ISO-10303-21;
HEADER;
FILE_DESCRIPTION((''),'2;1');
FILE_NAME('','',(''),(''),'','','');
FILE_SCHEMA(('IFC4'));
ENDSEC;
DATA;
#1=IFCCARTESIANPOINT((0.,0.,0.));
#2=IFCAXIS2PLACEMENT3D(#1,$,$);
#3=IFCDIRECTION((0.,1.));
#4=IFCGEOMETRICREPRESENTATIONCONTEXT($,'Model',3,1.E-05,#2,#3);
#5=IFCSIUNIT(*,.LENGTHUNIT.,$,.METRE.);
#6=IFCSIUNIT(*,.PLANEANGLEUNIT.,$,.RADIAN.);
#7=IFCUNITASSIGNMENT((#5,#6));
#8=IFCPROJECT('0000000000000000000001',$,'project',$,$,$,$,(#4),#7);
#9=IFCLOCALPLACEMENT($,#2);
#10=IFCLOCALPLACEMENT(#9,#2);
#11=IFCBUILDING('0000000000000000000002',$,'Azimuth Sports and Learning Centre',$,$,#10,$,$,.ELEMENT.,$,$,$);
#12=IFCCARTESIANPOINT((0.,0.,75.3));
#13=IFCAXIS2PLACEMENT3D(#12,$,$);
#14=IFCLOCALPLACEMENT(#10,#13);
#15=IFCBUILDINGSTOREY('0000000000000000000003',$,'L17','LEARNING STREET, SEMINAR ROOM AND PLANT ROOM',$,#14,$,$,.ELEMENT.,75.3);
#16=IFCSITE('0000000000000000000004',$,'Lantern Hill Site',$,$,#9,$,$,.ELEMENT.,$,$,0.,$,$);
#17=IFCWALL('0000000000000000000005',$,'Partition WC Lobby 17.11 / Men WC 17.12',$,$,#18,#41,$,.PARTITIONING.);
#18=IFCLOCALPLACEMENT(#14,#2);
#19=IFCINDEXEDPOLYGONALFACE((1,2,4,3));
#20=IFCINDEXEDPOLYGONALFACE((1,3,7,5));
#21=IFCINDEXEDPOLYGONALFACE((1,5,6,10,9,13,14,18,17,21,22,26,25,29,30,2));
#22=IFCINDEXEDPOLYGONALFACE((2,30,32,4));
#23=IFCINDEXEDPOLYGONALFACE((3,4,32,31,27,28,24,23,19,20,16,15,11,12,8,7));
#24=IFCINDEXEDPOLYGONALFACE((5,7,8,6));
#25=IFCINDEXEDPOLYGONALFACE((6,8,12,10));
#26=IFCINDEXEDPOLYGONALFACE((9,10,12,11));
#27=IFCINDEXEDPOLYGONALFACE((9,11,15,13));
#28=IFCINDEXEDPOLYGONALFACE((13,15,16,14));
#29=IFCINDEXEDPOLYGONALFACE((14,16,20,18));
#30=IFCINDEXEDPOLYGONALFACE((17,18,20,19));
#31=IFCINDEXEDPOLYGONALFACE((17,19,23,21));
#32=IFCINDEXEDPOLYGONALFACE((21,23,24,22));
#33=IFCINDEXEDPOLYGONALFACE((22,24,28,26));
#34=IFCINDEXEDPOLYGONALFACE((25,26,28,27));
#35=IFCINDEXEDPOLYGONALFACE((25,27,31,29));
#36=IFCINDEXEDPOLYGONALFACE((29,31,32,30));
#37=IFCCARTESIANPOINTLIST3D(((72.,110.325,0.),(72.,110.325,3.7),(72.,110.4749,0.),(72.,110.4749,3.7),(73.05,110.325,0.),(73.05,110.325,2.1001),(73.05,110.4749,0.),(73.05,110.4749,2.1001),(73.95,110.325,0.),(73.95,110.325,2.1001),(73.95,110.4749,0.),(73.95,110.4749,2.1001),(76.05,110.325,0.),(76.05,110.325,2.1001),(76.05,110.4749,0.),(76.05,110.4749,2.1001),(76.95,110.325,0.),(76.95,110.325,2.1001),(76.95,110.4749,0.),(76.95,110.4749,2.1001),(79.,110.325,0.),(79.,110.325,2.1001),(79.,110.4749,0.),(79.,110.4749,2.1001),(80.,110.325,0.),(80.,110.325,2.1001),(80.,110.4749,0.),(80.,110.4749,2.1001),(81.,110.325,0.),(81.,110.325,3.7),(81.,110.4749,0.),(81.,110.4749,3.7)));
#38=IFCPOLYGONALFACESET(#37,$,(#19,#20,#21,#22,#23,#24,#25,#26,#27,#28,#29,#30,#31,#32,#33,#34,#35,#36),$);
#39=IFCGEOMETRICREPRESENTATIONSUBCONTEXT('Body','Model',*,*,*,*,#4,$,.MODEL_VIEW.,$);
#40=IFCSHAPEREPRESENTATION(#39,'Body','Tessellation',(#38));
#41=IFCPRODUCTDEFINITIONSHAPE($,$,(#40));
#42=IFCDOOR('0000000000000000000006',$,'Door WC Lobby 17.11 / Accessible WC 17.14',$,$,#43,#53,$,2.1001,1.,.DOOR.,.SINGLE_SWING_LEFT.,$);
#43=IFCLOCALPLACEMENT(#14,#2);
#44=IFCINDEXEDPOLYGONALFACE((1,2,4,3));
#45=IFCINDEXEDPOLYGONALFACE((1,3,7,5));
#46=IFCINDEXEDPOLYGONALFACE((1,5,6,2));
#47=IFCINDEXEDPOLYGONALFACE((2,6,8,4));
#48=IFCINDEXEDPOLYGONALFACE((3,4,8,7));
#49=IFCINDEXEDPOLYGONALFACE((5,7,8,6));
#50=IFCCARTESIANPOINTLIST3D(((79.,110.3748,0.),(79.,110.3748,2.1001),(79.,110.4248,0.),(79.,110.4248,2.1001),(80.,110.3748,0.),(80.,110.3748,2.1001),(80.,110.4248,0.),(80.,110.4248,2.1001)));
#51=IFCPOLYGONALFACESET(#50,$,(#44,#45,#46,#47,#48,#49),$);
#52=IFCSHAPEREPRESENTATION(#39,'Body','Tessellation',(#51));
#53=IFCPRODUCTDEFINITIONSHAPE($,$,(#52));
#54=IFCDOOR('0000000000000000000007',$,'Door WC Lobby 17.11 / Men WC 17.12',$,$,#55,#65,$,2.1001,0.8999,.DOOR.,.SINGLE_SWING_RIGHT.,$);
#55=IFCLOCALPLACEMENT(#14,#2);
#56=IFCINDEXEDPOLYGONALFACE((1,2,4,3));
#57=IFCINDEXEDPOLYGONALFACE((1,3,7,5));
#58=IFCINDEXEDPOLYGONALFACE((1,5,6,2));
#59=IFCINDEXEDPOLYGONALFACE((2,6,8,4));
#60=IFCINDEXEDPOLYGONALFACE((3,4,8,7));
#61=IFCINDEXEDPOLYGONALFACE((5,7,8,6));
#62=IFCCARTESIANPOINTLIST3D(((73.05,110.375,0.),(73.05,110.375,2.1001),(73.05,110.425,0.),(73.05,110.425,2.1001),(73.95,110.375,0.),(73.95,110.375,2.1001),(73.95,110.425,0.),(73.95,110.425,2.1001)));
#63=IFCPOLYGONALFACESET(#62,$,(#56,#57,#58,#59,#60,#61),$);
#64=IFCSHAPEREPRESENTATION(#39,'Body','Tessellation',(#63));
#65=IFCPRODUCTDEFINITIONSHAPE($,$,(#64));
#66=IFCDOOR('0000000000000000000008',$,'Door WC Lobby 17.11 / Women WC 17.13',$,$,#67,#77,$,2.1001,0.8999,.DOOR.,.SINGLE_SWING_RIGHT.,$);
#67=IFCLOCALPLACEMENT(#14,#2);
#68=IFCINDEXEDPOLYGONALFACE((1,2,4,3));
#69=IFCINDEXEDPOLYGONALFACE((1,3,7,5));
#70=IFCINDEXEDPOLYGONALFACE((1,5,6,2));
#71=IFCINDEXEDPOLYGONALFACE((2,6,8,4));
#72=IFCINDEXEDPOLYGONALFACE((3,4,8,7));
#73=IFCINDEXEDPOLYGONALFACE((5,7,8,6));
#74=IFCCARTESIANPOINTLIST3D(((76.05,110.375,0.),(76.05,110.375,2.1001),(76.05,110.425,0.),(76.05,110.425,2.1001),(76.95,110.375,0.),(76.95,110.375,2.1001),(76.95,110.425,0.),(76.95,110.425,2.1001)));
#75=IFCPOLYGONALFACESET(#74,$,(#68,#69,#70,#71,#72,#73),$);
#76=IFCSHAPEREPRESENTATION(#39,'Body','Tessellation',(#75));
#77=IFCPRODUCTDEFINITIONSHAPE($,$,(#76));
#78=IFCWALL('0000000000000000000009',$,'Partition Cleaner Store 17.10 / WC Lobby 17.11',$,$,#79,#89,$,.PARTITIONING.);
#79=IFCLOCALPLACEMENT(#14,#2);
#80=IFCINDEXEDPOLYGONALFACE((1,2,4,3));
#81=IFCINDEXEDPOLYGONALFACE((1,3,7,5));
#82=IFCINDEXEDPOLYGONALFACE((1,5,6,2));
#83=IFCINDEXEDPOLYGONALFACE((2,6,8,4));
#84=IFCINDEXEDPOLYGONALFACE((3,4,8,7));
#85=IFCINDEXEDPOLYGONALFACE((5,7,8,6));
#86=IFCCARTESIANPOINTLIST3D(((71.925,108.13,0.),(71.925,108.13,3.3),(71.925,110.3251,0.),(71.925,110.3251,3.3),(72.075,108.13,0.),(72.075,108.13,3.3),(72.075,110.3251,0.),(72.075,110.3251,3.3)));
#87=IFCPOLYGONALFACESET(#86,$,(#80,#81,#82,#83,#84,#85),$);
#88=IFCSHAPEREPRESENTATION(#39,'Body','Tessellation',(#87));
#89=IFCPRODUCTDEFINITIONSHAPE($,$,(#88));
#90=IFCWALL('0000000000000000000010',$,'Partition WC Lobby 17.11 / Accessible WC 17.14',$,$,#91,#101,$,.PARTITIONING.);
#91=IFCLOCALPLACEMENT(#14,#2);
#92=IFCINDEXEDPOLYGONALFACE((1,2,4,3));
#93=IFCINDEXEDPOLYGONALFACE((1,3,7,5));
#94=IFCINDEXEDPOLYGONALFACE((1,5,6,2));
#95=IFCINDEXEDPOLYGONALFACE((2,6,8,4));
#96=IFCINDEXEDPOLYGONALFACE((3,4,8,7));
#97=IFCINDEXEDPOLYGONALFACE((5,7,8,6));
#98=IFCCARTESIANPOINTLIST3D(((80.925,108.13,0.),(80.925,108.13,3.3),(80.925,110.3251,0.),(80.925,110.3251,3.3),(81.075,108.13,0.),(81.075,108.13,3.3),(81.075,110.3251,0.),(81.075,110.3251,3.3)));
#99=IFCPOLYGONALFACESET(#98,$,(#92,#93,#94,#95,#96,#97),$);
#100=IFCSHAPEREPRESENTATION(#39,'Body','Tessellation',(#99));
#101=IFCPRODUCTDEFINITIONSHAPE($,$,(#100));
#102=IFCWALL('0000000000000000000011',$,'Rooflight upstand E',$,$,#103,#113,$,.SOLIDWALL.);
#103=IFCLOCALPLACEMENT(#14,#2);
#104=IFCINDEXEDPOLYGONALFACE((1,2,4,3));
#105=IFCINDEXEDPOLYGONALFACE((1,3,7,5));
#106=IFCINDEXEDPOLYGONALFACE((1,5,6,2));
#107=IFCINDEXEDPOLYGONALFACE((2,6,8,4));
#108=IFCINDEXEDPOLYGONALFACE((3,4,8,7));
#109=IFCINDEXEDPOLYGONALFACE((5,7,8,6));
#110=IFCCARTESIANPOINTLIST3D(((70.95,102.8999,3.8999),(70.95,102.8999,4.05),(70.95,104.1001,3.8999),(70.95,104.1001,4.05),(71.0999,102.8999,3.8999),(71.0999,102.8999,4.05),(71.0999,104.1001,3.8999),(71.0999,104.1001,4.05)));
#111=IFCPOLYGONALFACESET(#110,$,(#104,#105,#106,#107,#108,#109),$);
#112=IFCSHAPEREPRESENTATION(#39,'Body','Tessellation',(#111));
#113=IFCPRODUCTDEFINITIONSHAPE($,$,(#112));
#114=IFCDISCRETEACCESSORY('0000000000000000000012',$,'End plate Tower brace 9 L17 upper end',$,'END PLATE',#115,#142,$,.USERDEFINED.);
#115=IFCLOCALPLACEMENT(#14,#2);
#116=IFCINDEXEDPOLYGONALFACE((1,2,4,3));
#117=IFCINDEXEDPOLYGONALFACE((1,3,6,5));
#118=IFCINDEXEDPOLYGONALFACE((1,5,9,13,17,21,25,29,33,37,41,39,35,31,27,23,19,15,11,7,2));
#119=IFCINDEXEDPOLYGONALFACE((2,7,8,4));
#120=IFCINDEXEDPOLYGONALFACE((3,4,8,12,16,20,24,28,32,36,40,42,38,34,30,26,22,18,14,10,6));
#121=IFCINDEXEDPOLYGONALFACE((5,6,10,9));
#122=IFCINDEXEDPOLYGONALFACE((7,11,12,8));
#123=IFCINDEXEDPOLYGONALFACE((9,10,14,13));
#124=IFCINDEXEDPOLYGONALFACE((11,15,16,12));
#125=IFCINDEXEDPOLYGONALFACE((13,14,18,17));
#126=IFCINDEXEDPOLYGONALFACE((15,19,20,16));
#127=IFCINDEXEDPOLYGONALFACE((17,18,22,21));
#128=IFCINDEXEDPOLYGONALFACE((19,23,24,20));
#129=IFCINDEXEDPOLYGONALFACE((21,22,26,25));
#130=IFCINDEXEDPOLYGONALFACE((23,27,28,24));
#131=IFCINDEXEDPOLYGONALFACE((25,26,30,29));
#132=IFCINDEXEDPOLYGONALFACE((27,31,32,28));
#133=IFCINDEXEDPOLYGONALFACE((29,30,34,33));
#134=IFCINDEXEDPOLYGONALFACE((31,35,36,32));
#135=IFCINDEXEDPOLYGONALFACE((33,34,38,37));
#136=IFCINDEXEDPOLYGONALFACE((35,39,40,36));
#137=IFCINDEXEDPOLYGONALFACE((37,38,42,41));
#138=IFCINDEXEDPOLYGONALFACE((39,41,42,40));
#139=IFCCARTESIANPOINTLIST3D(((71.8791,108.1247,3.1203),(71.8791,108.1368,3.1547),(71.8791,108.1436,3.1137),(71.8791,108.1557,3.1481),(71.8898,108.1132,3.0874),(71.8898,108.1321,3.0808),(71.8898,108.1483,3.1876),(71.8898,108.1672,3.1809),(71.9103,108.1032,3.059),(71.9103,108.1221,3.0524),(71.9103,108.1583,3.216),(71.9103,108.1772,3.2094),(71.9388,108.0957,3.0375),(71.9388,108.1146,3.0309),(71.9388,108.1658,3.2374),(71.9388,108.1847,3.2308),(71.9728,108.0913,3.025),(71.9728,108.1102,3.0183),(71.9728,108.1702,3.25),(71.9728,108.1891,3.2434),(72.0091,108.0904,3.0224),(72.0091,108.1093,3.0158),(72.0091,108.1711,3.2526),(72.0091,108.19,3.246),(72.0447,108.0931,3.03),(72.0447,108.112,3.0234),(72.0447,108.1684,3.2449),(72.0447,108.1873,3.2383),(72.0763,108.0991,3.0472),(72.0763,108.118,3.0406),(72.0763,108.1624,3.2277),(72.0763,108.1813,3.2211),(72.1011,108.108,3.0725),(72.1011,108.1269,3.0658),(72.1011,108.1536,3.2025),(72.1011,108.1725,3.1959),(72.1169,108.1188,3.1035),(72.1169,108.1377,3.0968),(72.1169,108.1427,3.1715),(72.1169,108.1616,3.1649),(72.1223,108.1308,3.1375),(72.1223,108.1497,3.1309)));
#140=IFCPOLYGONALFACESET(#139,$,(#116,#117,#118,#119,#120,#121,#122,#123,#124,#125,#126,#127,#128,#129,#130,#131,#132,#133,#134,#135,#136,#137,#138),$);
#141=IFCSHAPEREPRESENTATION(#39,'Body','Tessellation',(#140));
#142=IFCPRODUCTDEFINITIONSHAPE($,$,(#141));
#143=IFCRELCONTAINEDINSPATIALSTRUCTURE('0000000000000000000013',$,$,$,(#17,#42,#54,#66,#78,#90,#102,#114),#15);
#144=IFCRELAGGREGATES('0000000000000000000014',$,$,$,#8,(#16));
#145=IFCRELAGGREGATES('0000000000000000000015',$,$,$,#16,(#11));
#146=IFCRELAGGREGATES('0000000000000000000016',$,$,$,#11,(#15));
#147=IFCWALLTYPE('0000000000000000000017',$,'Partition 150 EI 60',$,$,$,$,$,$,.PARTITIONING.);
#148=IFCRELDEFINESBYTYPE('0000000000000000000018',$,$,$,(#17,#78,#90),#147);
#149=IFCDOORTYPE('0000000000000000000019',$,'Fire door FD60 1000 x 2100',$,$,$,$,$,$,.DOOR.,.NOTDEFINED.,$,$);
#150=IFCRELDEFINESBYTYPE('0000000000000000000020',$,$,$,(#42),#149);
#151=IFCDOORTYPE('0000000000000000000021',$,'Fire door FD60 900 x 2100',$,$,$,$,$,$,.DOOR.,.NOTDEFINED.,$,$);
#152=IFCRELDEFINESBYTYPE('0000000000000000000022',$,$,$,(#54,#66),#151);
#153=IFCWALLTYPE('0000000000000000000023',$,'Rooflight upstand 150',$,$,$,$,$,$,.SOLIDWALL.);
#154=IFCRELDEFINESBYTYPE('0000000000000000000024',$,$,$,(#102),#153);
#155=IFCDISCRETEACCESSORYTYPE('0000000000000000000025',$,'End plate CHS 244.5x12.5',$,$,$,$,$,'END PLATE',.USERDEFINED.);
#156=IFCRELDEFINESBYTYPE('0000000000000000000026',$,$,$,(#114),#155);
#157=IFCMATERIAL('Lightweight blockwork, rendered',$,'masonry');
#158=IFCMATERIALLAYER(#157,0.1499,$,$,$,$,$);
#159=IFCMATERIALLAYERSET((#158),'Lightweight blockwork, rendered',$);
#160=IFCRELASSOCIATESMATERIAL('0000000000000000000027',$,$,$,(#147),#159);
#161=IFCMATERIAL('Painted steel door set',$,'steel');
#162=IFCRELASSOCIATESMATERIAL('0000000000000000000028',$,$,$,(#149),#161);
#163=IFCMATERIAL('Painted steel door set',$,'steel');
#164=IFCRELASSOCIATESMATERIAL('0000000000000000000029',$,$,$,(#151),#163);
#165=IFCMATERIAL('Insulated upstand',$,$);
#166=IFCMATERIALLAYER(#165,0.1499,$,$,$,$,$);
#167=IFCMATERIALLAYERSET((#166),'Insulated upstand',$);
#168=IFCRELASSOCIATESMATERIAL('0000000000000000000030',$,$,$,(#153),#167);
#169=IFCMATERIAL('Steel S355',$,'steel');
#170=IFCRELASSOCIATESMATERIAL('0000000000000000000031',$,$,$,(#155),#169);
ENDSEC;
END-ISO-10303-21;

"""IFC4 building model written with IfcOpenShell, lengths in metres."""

from ifc_helpers import new_model, si_unit, direction, frame, frame_2d, origin, origin_2d, place, context, subcontext, project, spatial, rectangle, circle, extrude, material, layer, layer_set, material_profile, profile_set, type_object, element, fill, save


model = new_model("IFC4")

# Units and contexts
model_context = context("Model", 3, precision=1e-05, world=origin(), true_north=direction((0.0, 1.0)))
body_context = subcontext(model_context, "Body", "Model", "MODEL_VIEW")
ifc_project = project(units=[si_unit("LENGTHUNIT", "METRE"), si_unit("PLANEANGLEUNIT", "RADIAN")], contexts=[model_context])

# Site, building, storey
site_placement = place(None, origin())
site = spatial("IfcSite", under=ifc_project, at=site_placement, Name="Lantern Hill Site", CompositionType="ELEMENT", RefElevation=0.0)
building_placement = place(site_placement, origin())
building = spatial("IfcBuilding", under=site, at=building_placement, Name="Azimuth Sports and Learning Centre", CompositionType="ELEMENT")
storey_placement = place(building_placement, frame((0.0, 0.0, 75.3)))
storey = spatial("IfcBuildingStorey", under=building, at=storey_placement, Name="L17", Description="LEARNING STREET, SEMINAR ROOM AND PLANT ROOM", CompositionType="ELEMENT", Elevation=75.3)

# Shared definitions
ifc_material_1 = material(Name="Lightweight blockwork, rendered", Category="masonry")
ifc_layer_1 = layer(ifc_material_1, 0.1499)
ifc_layer_set_1 = layer_set([ifc_layer_1], Name="Lightweight blockwork, rendered")
wall_type_1 = type_object("IfcWallType", Name="Partition 150 EI 60", PredefinedType="PARTITIONING", material=ifc_layer_set_1)
ifc_material_2 = material(Name="Painted steel door set", Category="steel")
door_type_1 = type_object("IfcDoorType", Name="Fire door FD60 1000 x 2100", OperationType="NOTDEFINED", PredefinedType="DOOR", material=ifc_material_2)

# Wall, openings, doors
wall_1_placement = place(storey_placement, frame((72.0, 110.3999, 0.0), z_axis=(0.0, 0.0, 1.0), x_axis=(1.0, 0.0, 0.0)))
wall_1 = element("IfcWall", 1, at=wall_1_placement, inside=storey, type_object=wall_type_1, Name="Partition WC Lobby 17.11 / Men WC 17.12", PredefinedType="PARTITIONING", context=body_context, shape_type="SweptSolid", body=[
    extrude(rectangle(XDim=9.0, YDim=0.1499, at=frame_2d((4.5, 0.0))), origin(), (0.0, 0.0, 1.0), 3.7),
])
opening_1_placement = place(wall_1_placement, frame((1.05, 0.0, 0.0)))
opening_1 = element("IfcOpeningElement", 2, at=opening_1_placement, cuts=wall_1, PredefinedType="OPENING", context=body_context, shape_type="SweptSolid", body=[
    extrude(rectangle(XDim=0.8999, YDim=2.1001, at=frame_2d((0.45, 1.05))), frame((0.0, 0.0859, 0.0), z_axis=(0.0, -1.0, 0.0), x_axis=(1.0, 0.0, 0.0)), (0.0, 0.0, 1.0), 0.1719),
])
opening_2_placement = place(wall_1_placement, frame((4.05, 0.0, 0.0)))
opening_2 = element("IfcOpeningElement", 3, at=opening_2_placement, cuts=wall_1, PredefinedType="OPENING", context=body_context, shape_type="SweptSolid", body=[
    extrude(rectangle(XDim=0.8999, YDim=2.1001, at=frame_2d((0.45, 1.05))), frame((0.0, 0.0859, 0.0), z_axis=(0.0, -1.0, 0.0), x_axis=(1.0, 0.0, 0.0)), (0.0, 0.0, 1.0), 0.1719),
])
opening_3_placement = place(wall_1_placement, frame((7.0, 0.0, 0.0)))
opening_3 = element("IfcOpeningElement", 4, at=opening_3_placement, cuts=wall_1, PredefinedType="OPENING", context=body_context, shape_type="SweptSolid", body=[
    extrude(rectangle(XDim=1.0, YDim=2.1001, at=frame_2d((0.5, 1.05))), frame((0.0, 0.0859, 0.0), z_axis=(0.0, -1.0, 0.0), x_axis=(1.0, 0.0, 0.0)), (0.0, 0.0, 1.0), 0.1719),
])
door_1_placement = place(opening_3_placement, origin())
door_1 = element("IfcDoor", 5, at=door_1_placement, inside=storey, type_object=door_type_1, Name="Door WC Lobby 17.11 / Accessible WC 17.14", OperationType="SINGLE_SWING_LEFT", OverallHeight=2.1001, OverallWidth=1.0, PredefinedType="DOOR", context=body_context, shape_type="SweptSolid", body=[
    extrude(rectangle(XDim=1.0, YDim=2.1001, at=frame_2d((0.5, 1.05))), frame((0.0, 0.0249, 0.0), z_axis=(0.0, -1.0, 0.0), x_axis=(1.0, 0.0, 0.0)), (0.0, 0.0, 1.0), 0.05),
])
fill(opening_3, door_1)
ifc_material_3 = material(Name="Painted steel door set", Category="steel")
door_type_2 = type_object("IfcDoorType", Name="Fire door FD60 900 x 2100", OperationType="NOTDEFINED", PredefinedType="DOOR", material=ifc_material_3)
door_2_placement = place(opening_1_placement, frame((0.8999, 0.0, 0.0), z_axis=(0.0, 0.0, 1.0), x_axis=(-1.0, 0.0, 0.0)))
door_2 = element("IfcDoor", 6, at=door_2_placement, inside=storey, type_object=door_type_2, Name="Door WC Lobby 17.11 / Men WC 17.12", OperationType="SINGLE_SWING_RIGHT", OverallHeight=2.1001, OverallWidth=0.8999, PredefinedType="DOOR", context=body_context, shape_type="SweptSolid", body=[
    extrude(rectangle(XDim=0.8999, YDim=2.1001, at=frame_2d((0.45, 1.05))), frame((0.0, 0.0249, 0.0), z_axis=(0.0, -1.0, 0.0), x_axis=(1.0, 0.0, 0.0)), (0.0, 0.0, 1.0), 0.05),
])
fill(opening_1, door_2)
door_3_placement = place(opening_2_placement, frame((0.8999, 0.0, 0.0), z_axis=(0.0, 0.0, 1.0), x_axis=(-1.0, 0.0, 0.0)))
door_3 = element("IfcDoor", 7, at=door_3_placement, inside=storey, type_object=door_type_2, Name="Door WC Lobby 17.11 / Women WC 17.13", OperationType="SINGLE_SWING_RIGHT", OverallHeight=2.1001, OverallWidth=0.8999, PredefinedType="DOOR", context=body_context, shape_type="SweptSolid", body=[
    extrude(rectangle(XDim=0.8999, YDim=2.1001, at=frame_2d((0.45, 1.05))), frame((0.0, 0.0249, 0.0), z_axis=(0.0, -1.0, 0.0), x_axis=(1.0, 0.0, 0.0)), (0.0, 0.0, 1.0), 0.05),
])
fill(opening_2, door_3)

# Walls
for number, where, z_axis, x_axis, name in (
    (8, (72.0, 108.1299, 0.0), (0.0, 0.0, 1.0), (0.0, 1.0, 0.0), "Partition Cleaner Store 17.10 / WC Lobby 17.11"),
    (9, (81.0, 108.1299, 0.0), (0.0, 0.0, 1.0), (0.0, 1.0, 0.0), "Partition WC Lobby 17.11 / Accessible WC 17.14"),
):
    element("IfcWall", number, at=place(storey_placement, frame(where, z_axis=z_axis, x_axis=x_axis)), inside=storey, type_object=wall_type_1, Name=name, PredefinedType="PARTITIONING", context=body_context, shape_type="SweptSolid", body=[
        extrude(rectangle(XDim=2.1951, YDim=0.1499, at=frame_2d((1.0977, 0.0))), origin(), (0.0, 0.0, 1.0), 3.3),
    ])
ifc_material_4 = material(Name="Insulated upstand")
ifc_layer_2 = layer(ifc_material_4, 0.1499)
ifc_layer_set_2 = layer_set([ifc_layer_2], Name="Insulated upstand")
wall_type_2 = type_object("IfcWallType", Name="Rooflight upstand 150", PredefinedType="SOLIDWALL", material=ifc_layer_set_2)
wall_2_placement = place(storey_placement, frame((71.0249, 102.8999, 3.8999), z_axis=(0.0, 0.0, 1.0), x_axis=(0.0, 1.0, 0.0)))
element("IfcWall", 10, at=wall_2_placement, inside=storey, type_object=wall_type_2, Name="Rooflight upstand E", PredefinedType="SOLIDWALL", context=body_context, shape_type="SweptSolid", body=[
    extrude(rectangle(XDim=1.2002, YDim=0.1499, at=frame_2d((0.6001, 0.0))), origin(), (0.0, 0.0, 1.0), 0.1501),
])

# Discrete accessory
ifc_material_5 = material(Name="Steel S355", Category="steel")
ifc_material_profile_1 = material_profile(ifc_material_5, circle(Radius=0.1223, at=origin_2d()), Name="PL 244 DISC")
ifc_profile_set_1 = profile_set([ifc_material_profile_1], Name="Steel S355")
discrete_accessory_type = type_object("IfcDiscreteAccessoryType", Name="End plate CHS 244.5x12.5", ElementType="END PLATE", PredefinedType="USERDEFINED", material=ifc_profile_set_1)
discrete_accessory_placement = place(storey_placement, frame((72.0, 108.1497, 3.1309), z_axis=(0.0, -0.943667, 0.330896), x_axis=(1.0, 0.0, 0.0)))
element("IfcDiscreteAccessory", 11, at=discrete_accessory_placement, inside=storey, type_object=discrete_accessory_type, Name="End plate Tower brace 9 L17 upper end", ObjectType="END PLATE", PredefinedType="USERDEFINED", context=body_context, shape_type="SweptSolid", body=[
    extrude(circle(Radius=0.1223, at=origin_2d()), origin(), (0.0, 0.0, 1.0), 0.02),
])

save(model, "model.ifc")
